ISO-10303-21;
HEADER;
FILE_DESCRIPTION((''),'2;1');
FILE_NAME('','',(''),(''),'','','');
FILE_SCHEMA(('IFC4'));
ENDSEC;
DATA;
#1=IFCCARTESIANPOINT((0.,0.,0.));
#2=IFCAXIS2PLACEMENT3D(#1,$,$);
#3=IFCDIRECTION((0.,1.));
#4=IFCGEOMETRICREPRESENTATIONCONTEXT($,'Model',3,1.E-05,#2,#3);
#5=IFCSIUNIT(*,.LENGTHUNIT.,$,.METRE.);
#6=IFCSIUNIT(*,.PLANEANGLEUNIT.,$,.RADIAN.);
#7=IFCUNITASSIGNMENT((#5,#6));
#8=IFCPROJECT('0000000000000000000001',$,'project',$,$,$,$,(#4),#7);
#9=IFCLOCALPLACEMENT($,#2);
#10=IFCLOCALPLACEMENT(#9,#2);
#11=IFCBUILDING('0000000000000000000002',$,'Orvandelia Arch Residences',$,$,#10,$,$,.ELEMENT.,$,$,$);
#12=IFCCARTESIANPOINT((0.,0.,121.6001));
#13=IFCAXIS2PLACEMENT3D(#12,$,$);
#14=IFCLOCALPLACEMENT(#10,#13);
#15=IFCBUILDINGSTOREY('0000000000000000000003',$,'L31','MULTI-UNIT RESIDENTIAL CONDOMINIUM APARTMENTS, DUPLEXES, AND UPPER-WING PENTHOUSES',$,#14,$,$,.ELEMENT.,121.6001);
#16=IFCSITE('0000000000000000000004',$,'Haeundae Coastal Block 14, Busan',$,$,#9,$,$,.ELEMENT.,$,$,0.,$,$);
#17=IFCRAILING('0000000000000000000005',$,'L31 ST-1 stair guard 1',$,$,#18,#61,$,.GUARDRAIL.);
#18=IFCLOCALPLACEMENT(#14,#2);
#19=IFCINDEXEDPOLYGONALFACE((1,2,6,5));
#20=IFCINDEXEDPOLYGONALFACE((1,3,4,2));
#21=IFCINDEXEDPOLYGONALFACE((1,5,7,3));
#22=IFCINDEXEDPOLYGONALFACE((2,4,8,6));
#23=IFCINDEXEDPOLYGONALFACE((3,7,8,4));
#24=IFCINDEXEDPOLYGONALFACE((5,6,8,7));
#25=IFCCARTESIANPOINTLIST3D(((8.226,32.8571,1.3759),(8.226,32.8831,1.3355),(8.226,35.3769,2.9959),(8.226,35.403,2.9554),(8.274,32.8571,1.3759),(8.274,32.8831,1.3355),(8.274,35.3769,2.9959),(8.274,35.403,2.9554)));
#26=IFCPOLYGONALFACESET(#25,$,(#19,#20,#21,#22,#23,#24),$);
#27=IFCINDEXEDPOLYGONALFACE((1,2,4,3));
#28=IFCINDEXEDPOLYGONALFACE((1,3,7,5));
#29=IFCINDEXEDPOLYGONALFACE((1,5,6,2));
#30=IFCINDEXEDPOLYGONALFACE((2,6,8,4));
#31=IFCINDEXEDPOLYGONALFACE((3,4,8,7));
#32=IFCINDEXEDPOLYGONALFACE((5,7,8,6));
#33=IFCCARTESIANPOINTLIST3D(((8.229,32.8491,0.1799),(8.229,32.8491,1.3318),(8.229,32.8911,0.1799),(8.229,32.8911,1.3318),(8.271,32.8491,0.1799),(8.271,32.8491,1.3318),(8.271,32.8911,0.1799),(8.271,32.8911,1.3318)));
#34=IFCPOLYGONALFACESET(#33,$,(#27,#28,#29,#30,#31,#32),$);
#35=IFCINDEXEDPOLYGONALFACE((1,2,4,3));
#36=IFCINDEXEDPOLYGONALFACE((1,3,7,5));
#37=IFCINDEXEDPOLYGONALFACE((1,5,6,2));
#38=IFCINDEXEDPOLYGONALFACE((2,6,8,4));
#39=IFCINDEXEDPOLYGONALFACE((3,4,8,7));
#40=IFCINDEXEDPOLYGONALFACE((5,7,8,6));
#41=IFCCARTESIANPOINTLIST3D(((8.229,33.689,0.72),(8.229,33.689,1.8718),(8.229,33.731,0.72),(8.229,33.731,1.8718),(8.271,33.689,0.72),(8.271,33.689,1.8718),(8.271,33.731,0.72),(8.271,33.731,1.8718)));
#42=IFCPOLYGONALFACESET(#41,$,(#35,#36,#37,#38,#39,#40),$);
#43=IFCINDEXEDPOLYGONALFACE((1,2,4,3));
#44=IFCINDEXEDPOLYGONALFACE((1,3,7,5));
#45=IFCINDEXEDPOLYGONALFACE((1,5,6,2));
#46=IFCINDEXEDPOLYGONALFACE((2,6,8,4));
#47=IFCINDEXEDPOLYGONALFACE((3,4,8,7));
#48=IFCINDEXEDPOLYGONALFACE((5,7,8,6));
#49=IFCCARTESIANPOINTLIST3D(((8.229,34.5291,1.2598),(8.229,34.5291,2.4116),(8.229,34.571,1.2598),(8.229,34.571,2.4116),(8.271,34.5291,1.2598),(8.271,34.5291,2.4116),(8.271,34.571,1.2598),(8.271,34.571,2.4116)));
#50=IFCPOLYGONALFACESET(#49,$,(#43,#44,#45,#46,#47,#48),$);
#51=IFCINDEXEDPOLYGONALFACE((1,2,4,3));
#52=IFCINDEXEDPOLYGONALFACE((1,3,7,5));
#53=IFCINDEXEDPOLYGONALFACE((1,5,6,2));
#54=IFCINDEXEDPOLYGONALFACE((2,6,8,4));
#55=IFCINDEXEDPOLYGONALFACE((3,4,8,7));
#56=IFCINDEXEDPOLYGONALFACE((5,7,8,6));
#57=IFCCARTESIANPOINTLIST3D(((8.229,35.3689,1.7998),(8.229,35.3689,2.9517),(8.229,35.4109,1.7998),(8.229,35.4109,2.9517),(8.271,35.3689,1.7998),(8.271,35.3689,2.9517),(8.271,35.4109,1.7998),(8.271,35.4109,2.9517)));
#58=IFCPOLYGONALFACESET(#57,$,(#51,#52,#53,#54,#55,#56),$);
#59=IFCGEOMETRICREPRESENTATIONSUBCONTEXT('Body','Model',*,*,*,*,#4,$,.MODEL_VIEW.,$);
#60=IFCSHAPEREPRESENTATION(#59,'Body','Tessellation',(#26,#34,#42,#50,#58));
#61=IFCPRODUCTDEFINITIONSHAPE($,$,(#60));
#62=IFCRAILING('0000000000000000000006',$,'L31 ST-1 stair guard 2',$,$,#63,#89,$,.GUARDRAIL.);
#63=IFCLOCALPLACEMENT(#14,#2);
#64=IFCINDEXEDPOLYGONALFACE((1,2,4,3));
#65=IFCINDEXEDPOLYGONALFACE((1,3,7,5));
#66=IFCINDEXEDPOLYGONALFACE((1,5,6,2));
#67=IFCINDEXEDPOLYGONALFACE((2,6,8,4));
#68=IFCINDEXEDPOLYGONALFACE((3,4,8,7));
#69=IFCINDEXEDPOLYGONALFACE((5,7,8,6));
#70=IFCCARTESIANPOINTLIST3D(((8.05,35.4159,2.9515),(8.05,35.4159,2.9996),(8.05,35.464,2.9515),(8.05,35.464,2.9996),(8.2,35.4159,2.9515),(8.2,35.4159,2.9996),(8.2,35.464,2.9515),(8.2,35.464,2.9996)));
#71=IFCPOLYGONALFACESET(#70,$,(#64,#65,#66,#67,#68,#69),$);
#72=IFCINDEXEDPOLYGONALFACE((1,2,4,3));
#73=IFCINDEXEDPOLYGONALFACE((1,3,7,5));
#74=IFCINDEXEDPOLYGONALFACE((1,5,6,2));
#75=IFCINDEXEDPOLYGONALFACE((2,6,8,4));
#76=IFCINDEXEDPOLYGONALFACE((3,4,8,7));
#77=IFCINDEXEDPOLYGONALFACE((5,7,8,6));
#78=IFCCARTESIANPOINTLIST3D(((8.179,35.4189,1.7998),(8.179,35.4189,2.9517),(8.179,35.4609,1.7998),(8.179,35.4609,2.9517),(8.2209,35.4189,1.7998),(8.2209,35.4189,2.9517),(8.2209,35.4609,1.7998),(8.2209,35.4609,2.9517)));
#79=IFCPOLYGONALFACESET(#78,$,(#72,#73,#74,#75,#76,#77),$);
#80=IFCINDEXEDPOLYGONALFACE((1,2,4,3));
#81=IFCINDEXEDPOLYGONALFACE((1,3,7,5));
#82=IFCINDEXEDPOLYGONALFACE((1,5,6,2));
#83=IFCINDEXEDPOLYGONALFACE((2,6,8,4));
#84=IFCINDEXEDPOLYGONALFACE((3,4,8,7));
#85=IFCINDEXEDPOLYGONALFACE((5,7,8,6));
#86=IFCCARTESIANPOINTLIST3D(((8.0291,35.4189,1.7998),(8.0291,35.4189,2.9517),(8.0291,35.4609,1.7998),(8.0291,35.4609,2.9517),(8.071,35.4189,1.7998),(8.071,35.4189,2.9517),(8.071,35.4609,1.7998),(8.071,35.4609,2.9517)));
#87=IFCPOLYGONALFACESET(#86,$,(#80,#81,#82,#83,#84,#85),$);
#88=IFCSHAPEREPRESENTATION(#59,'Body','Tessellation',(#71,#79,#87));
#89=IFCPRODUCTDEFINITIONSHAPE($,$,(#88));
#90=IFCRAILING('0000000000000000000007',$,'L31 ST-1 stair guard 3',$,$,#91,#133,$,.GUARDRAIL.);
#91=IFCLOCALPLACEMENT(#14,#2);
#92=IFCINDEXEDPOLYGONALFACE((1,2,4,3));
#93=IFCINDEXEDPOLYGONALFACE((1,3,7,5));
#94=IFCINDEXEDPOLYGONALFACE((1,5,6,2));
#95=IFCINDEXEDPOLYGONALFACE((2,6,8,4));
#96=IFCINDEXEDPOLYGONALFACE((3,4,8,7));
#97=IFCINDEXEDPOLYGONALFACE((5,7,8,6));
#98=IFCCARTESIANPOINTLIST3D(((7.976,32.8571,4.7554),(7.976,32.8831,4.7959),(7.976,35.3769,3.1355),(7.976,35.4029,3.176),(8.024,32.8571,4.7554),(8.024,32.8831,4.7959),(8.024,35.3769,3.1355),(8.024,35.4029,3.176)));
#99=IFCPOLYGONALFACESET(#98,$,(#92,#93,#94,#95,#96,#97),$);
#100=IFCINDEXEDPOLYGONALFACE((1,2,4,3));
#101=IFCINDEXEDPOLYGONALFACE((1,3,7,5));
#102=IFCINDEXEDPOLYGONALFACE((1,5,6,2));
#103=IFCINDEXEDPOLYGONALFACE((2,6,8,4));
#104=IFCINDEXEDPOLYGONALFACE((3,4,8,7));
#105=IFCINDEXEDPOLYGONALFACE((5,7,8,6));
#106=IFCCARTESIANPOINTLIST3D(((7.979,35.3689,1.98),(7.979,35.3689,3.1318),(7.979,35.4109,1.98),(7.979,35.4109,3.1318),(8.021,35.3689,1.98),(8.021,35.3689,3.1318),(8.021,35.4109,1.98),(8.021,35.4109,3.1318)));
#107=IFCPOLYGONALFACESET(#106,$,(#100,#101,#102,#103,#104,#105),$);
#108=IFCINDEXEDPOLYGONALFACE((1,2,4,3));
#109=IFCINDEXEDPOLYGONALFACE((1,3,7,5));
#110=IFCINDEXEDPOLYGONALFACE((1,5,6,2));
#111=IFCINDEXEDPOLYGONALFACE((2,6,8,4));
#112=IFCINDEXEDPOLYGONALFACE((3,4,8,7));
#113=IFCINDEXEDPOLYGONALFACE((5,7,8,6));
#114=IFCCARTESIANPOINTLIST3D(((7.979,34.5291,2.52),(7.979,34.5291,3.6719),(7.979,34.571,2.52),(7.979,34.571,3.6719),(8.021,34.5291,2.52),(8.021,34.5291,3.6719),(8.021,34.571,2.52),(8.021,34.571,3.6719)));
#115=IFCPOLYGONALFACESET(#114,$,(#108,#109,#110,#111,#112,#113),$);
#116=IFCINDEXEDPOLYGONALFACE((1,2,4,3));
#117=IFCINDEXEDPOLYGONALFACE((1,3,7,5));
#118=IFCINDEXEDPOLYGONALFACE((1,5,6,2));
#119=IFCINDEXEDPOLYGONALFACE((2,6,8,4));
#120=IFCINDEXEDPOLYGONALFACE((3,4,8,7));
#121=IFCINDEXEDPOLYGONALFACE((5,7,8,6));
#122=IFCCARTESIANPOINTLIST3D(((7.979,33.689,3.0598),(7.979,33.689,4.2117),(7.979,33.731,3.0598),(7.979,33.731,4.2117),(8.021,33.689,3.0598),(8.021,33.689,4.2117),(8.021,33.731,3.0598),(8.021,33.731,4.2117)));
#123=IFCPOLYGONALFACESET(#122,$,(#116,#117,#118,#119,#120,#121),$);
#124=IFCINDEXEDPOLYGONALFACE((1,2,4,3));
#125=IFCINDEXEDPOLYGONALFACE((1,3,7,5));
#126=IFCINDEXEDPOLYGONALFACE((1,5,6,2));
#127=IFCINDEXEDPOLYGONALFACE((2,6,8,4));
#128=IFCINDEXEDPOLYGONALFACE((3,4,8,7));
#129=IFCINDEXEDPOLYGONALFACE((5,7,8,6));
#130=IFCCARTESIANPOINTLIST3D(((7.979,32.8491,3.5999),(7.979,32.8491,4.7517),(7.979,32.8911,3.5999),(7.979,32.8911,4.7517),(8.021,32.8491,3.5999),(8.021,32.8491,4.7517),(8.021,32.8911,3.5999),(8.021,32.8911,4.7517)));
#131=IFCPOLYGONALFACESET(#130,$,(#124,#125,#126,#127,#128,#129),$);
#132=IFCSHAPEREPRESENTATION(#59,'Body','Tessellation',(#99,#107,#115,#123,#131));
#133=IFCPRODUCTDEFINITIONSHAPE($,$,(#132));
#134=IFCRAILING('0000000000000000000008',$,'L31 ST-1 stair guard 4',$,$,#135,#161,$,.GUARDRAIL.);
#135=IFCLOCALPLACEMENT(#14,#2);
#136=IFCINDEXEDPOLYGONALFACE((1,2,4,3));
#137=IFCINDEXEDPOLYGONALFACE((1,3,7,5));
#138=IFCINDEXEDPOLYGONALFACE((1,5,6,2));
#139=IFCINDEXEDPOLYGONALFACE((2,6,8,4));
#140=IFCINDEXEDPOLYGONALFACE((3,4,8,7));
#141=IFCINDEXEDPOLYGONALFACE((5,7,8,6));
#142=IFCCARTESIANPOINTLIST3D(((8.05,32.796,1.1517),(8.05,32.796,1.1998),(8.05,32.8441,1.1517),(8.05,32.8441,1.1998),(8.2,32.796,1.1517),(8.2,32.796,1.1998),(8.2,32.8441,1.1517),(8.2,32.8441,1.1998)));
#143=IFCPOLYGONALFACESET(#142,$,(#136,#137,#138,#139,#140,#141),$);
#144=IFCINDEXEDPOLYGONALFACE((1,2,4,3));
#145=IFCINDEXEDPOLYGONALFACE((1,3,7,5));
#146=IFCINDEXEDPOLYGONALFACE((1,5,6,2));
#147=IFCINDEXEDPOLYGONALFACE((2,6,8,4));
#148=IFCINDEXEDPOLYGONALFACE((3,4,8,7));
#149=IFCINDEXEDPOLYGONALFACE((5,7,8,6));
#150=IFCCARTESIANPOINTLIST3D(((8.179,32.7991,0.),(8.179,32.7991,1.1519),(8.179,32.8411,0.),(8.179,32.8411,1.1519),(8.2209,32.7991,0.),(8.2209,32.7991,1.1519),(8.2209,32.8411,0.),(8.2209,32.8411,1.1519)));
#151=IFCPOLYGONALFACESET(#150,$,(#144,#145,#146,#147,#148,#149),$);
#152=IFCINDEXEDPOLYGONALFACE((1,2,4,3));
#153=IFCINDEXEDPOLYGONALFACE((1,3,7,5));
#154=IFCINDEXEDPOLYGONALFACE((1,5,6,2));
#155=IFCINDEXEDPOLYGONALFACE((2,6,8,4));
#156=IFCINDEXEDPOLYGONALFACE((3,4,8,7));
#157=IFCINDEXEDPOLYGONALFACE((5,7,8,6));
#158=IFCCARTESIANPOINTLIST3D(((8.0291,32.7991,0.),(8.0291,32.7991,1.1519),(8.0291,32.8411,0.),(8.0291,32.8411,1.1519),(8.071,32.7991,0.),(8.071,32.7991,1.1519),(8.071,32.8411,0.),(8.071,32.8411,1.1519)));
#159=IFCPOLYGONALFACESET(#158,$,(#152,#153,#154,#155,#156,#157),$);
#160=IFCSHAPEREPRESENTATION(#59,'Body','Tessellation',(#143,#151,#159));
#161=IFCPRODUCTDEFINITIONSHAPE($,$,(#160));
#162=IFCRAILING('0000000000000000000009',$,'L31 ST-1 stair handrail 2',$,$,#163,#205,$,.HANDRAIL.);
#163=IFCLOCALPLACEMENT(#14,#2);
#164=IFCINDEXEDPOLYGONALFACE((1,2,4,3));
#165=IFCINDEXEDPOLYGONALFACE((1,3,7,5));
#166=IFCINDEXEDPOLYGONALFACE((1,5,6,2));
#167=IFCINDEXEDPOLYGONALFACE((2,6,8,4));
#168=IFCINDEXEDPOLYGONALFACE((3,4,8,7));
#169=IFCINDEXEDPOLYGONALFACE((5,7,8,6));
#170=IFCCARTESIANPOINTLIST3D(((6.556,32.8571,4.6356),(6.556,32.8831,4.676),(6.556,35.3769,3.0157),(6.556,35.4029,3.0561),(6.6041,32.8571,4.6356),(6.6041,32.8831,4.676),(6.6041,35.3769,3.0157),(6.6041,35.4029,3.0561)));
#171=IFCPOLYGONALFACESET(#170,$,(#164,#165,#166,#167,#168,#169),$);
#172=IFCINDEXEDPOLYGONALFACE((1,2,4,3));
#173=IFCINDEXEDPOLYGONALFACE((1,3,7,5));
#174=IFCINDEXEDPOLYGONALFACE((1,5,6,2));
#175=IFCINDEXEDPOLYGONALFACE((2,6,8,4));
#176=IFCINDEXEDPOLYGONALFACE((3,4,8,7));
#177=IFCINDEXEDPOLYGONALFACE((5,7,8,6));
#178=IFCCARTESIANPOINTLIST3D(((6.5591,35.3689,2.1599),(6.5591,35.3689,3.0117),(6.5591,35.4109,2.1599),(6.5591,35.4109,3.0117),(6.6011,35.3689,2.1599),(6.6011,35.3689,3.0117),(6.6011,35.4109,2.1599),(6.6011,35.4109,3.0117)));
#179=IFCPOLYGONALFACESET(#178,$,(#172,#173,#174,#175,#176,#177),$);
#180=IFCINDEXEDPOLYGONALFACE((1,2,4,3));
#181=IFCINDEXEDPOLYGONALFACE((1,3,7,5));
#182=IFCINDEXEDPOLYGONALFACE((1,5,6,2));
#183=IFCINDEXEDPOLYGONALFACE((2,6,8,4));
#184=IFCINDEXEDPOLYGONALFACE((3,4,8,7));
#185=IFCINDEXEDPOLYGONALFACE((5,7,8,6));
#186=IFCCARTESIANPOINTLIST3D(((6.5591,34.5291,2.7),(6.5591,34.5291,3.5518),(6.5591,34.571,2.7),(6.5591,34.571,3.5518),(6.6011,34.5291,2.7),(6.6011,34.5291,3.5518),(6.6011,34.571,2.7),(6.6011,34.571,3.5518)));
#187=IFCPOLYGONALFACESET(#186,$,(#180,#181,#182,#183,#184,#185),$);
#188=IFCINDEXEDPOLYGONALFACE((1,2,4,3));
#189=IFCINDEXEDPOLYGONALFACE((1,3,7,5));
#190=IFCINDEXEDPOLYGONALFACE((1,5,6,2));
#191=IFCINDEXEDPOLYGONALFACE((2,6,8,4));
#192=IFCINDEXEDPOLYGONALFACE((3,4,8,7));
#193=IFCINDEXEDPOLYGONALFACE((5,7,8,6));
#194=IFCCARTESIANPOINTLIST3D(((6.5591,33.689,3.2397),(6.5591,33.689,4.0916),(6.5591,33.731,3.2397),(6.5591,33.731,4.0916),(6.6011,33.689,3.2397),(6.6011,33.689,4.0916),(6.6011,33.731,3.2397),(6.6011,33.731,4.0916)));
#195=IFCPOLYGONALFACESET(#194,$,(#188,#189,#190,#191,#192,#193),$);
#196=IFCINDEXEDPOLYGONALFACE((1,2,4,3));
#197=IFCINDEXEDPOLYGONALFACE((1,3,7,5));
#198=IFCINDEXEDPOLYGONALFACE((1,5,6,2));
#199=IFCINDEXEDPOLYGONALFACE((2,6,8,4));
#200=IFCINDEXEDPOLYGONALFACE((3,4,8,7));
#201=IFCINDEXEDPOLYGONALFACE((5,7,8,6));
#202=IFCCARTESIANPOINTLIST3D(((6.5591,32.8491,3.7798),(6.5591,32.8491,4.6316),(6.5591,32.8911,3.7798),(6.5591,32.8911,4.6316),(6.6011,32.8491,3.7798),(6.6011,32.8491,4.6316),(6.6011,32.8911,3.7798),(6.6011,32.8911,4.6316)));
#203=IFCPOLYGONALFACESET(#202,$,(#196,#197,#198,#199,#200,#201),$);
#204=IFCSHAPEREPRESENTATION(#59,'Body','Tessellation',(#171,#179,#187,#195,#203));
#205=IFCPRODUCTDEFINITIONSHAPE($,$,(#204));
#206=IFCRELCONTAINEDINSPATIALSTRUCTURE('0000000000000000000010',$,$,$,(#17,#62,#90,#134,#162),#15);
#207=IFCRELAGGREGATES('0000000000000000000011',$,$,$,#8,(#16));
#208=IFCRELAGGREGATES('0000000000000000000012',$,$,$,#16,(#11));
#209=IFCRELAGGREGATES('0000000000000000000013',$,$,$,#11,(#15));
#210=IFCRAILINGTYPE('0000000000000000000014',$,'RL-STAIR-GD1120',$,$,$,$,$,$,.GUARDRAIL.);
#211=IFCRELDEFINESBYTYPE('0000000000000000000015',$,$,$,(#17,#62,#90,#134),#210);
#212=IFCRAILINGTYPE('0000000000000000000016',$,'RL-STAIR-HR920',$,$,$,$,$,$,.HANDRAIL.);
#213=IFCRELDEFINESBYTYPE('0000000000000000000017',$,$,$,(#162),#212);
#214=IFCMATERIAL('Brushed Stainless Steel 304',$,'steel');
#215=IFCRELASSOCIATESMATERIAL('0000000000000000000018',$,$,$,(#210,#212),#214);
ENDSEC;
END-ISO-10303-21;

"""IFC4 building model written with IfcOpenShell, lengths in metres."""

from ifc_helpers import new_model, si_unit, direction, frame, origin, origin_2d, place, context, subcontext, project, spatial, rectangle, extrude, material, type_object, element, save


model = new_model("IFC4")

# Units and contexts
model_context = context("Model", 3, precision=1e-05, world=origin(), true_north=direction((0.0, 1.0)))
body_context = subcontext(model_context, "Body", "Model", "MODEL_VIEW")
ifc_project = project(units=[si_unit("LENGTHUNIT", "METRE"), si_unit("PLANEANGLEUNIT", "RADIAN")], contexts=[model_context])

# Site, building, storey
site_placement = place(None, origin())
site = spatial("IfcSite", under=ifc_project, at=site_placement, Name="Haeundae Coastal Block 14, Busan", CompositionType="ELEMENT", RefElevation=0.0)
building_placement = place(site_placement, origin())
building = spatial("IfcBuilding", under=site, at=building_placement, Name="Orvandelia Arch Residences", CompositionType="ELEMENT")
storey_placement = place(building_placement, frame((0.0, 0.0, 121.6001)))
storey = spatial("IfcBuildingStorey", under=building, at=storey_placement, Name="L31", Description="MULTI-UNIT RESIDENTIAL CONDOMINIUM APARTMENTS, DUPLEXES, AND UPPER-WING PENTHOUSES", CompositionType="ELEMENT", Elevation=121.6001)

# Railings
ifc_material_1 = material(Name="Brushed Stainless Steel 304", Category="steel")
railing_type_1 = type_object("IfcRailingType", Name="RL-STAIR-GD1120", PredefinedType="GUARDRAIL", material=ifc_material_1)
railing_1_placement = place(storey_placement, frame((8.25, 32.8701, 0.1799)))
element("IfcRailing", 1, at=railing_1_placement, inside=storey, type_object=railing_type_1, Name="L31 ST-1 stair guard 1", PredefinedType="GUARDRAIL", context=body_context, shape_type="SweptSolid", body=[
    extrude(rectangle(XDim=0.0481, YDim=0.0481, at=origin_2d()), frame((0.0, 0.0, 1.1758), z_axis=(0.0, 0.841176, 0.540762), x_axis=(-1.0, 0.0, 0.0)), (0.0, 0.0, 1.0), 2.9956),
    extrude(rectangle(XDim=0.042, YDim=0.042, at=origin_2d()), origin(), (0.0, 0.0, 1.0), 1.1519),
    extrude(rectangle(XDim=0.042, YDim=0.042, at=origin_2d()), frame((0.0, 0.8398, 0.54)), (0.0, 0.0, 1.0), 1.1519),
    extrude(rectangle(XDim=0.042, YDim=0.042, at=origin_2d()), frame((0.0, 1.6799, 1.0798)), (0.0, 0.0, 1.0), 1.1519),
    extrude(rectangle(XDim=0.042, YDim=0.042, at=origin_2d()), frame((0.0, 2.5198, 1.6199)), (0.0, 0.0, 1.0), 1.1519),
])
railing_2_placement = place(storey_placement, frame((8.2, 35.4399, 1.7998)))
element("IfcRailing", 2, at=railing_2_placement, inside=storey, type_object=railing_type_1, Name="L31 ST-1 stair guard 2", PredefinedType="GUARDRAIL", context=body_context, shape_type="SweptSolid", body=[
    extrude(rectangle(XDim=0.0481, YDim=0.0481, at=origin_2d()), frame((0.0, 0.0, 1.1758), z_axis=(-1.0, 0.0, 0.0), x_axis=(0.0, -1.0, 0.0)), (0.0, 0.0, 1.0), 0.1499),
    extrude(rectangle(XDim=0.042, YDim=0.042, at=origin_2d()), origin(), (0.0, 0.0, 1.0), 1.1519),
    extrude(rectangle(XDim=0.042, YDim=0.042, at=origin_2d()), frame((-0.1499, 0.0, 0.0)), (0.0, 0.0, 1.0), 1.1519),
])
railing_3_placement = place(storey_placement, frame((8.0, 35.3899, 1.98)))
element("IfcRailing", 3, at=railing_3_placement, inside=storey, type_object=railing_type_1, Name="L31 ST-1 stair guard 3", PredefinedType="GUARDRAIL", context=body_context, shape_type="SweptSolid", body=[
    extrude(rectangle(XDim=0.0481, YDim=0.0481, at=origin_2d()), frame((0.0, 0.0, 1.1758), z_axis=(0.0, -0.841176, 0.540762), x_axis=(1.0, 0.0, 0.0)), (0.0, 0.0, 1.0), 2.9956),
    extrude(rectangle(XDim=0.042, YDim=0.042, at=origin_2d()), origin(), (0.0, 0.0, 1.0), 1.1519),
    extrude(rectangle(XDim=0.042, YDim=0.042, at=origin_2d()), frame((0.0, -0.8398, 0.54)), (0.0, 0.0, 1.0), 1.1519),
    extrude(rectangle(XDim=0.042, YDim=0.042, at=origin_2d()), frame((0.0, -1.6799, 1.0798)), (0.0, 0.0, 1.0), 1.1519),
    extrude(rectangle(XDim=0.042, YDim=0.042, at=origin_2d()), frame((0.0, -2.5198, 1.6199)), (0.0, 0.0, 1.0), 1.1519),
])
railing_4_placement = place(storey_placement, frame((8.2, 32.8201, 0.0)))
element("IfcRailing", 4, at=railing_4_placement, inside=storey, type_object=railing_type_1, Name="L31 ST-1 stair guard 4", PredefinedType="GUARDRAIL", context=body_context, shape_type="SweptSolid", body=[
    extrude(rectangle(XDim=0.0481, YDim=0.0481, at=origin_2d()), frame((0.0, 0.0, 1.1758), z_axis=(-1.0, 0.0, 0.0), x_axis=(0.0, -1.0, 0.0)), (0.0, 0.0, 1.0), 0.1499),
    extrude(rectangle(XDim=0.042, YDim=0.042, at=origin_2d()), origin(), (0.0, 0.0, 1.0), 1.1519),
    extrude(rectangle(XDim=0.042, YDim=0.042, at=origin_2d()), frame((-0.1499, 0.0, 0.0)), (0.0, 0.0, 1.0), 1.1519),
])
railing_type_2 = type_object("IfcRailingType", Name="RL-STAIR-HR920", PredefinedType="HANDRAIL", material=ifc_material_1)
railing_5_placement = place(storey_placement, frame((6.5801, 35.3899, 2.1599)))
element("IfcRailing", 5, at=railing_5_placement, inside=storey, type_object=railing_type_2, Name="L31 ST-1 stair handrail 2", PredefinedType="HANDRAIL", context=body_context, shape_type="SweptSolid", body=[
    extrude(rectangle(XDim=0.0481, YDim=0.0481, at=origin_2d()), frame((0.0, 0.0, 0.876), z_axis=(0.0, -0.841176, 0.540762), x_axis=(1.0, 0.0, 0.0)), (0.0, 0.0, 1.0), 2.9956),
    extrude(rectangle(XDim=0.042, YDim=0.042, at=origin_2d()), origin(), (0.0, 0.0, 1.0), 0.8518),
    extrude(rectangle(XDim=0.042, YDim=0.042, at=origin_2d()), frame((0.0, -0.8398, 0.54)), (0.0, 0.0, 1.0), 0.8518),
    extrude(rectangle(XDim=0.042, YDim=0.042, at=origin_2d()), frame((0.0, -1.6799, 1.0798)), (0.0, 0.0, 1.0), 0.8518),
    extrude(rectangle(XDim=0.042, YDim=0.042, at=origin_2d()), frame((0.0, -2.5198, 1.6199)), (0.0, 0.0, 1.0), 0.8518),
])

save(model, "model.ifc")
